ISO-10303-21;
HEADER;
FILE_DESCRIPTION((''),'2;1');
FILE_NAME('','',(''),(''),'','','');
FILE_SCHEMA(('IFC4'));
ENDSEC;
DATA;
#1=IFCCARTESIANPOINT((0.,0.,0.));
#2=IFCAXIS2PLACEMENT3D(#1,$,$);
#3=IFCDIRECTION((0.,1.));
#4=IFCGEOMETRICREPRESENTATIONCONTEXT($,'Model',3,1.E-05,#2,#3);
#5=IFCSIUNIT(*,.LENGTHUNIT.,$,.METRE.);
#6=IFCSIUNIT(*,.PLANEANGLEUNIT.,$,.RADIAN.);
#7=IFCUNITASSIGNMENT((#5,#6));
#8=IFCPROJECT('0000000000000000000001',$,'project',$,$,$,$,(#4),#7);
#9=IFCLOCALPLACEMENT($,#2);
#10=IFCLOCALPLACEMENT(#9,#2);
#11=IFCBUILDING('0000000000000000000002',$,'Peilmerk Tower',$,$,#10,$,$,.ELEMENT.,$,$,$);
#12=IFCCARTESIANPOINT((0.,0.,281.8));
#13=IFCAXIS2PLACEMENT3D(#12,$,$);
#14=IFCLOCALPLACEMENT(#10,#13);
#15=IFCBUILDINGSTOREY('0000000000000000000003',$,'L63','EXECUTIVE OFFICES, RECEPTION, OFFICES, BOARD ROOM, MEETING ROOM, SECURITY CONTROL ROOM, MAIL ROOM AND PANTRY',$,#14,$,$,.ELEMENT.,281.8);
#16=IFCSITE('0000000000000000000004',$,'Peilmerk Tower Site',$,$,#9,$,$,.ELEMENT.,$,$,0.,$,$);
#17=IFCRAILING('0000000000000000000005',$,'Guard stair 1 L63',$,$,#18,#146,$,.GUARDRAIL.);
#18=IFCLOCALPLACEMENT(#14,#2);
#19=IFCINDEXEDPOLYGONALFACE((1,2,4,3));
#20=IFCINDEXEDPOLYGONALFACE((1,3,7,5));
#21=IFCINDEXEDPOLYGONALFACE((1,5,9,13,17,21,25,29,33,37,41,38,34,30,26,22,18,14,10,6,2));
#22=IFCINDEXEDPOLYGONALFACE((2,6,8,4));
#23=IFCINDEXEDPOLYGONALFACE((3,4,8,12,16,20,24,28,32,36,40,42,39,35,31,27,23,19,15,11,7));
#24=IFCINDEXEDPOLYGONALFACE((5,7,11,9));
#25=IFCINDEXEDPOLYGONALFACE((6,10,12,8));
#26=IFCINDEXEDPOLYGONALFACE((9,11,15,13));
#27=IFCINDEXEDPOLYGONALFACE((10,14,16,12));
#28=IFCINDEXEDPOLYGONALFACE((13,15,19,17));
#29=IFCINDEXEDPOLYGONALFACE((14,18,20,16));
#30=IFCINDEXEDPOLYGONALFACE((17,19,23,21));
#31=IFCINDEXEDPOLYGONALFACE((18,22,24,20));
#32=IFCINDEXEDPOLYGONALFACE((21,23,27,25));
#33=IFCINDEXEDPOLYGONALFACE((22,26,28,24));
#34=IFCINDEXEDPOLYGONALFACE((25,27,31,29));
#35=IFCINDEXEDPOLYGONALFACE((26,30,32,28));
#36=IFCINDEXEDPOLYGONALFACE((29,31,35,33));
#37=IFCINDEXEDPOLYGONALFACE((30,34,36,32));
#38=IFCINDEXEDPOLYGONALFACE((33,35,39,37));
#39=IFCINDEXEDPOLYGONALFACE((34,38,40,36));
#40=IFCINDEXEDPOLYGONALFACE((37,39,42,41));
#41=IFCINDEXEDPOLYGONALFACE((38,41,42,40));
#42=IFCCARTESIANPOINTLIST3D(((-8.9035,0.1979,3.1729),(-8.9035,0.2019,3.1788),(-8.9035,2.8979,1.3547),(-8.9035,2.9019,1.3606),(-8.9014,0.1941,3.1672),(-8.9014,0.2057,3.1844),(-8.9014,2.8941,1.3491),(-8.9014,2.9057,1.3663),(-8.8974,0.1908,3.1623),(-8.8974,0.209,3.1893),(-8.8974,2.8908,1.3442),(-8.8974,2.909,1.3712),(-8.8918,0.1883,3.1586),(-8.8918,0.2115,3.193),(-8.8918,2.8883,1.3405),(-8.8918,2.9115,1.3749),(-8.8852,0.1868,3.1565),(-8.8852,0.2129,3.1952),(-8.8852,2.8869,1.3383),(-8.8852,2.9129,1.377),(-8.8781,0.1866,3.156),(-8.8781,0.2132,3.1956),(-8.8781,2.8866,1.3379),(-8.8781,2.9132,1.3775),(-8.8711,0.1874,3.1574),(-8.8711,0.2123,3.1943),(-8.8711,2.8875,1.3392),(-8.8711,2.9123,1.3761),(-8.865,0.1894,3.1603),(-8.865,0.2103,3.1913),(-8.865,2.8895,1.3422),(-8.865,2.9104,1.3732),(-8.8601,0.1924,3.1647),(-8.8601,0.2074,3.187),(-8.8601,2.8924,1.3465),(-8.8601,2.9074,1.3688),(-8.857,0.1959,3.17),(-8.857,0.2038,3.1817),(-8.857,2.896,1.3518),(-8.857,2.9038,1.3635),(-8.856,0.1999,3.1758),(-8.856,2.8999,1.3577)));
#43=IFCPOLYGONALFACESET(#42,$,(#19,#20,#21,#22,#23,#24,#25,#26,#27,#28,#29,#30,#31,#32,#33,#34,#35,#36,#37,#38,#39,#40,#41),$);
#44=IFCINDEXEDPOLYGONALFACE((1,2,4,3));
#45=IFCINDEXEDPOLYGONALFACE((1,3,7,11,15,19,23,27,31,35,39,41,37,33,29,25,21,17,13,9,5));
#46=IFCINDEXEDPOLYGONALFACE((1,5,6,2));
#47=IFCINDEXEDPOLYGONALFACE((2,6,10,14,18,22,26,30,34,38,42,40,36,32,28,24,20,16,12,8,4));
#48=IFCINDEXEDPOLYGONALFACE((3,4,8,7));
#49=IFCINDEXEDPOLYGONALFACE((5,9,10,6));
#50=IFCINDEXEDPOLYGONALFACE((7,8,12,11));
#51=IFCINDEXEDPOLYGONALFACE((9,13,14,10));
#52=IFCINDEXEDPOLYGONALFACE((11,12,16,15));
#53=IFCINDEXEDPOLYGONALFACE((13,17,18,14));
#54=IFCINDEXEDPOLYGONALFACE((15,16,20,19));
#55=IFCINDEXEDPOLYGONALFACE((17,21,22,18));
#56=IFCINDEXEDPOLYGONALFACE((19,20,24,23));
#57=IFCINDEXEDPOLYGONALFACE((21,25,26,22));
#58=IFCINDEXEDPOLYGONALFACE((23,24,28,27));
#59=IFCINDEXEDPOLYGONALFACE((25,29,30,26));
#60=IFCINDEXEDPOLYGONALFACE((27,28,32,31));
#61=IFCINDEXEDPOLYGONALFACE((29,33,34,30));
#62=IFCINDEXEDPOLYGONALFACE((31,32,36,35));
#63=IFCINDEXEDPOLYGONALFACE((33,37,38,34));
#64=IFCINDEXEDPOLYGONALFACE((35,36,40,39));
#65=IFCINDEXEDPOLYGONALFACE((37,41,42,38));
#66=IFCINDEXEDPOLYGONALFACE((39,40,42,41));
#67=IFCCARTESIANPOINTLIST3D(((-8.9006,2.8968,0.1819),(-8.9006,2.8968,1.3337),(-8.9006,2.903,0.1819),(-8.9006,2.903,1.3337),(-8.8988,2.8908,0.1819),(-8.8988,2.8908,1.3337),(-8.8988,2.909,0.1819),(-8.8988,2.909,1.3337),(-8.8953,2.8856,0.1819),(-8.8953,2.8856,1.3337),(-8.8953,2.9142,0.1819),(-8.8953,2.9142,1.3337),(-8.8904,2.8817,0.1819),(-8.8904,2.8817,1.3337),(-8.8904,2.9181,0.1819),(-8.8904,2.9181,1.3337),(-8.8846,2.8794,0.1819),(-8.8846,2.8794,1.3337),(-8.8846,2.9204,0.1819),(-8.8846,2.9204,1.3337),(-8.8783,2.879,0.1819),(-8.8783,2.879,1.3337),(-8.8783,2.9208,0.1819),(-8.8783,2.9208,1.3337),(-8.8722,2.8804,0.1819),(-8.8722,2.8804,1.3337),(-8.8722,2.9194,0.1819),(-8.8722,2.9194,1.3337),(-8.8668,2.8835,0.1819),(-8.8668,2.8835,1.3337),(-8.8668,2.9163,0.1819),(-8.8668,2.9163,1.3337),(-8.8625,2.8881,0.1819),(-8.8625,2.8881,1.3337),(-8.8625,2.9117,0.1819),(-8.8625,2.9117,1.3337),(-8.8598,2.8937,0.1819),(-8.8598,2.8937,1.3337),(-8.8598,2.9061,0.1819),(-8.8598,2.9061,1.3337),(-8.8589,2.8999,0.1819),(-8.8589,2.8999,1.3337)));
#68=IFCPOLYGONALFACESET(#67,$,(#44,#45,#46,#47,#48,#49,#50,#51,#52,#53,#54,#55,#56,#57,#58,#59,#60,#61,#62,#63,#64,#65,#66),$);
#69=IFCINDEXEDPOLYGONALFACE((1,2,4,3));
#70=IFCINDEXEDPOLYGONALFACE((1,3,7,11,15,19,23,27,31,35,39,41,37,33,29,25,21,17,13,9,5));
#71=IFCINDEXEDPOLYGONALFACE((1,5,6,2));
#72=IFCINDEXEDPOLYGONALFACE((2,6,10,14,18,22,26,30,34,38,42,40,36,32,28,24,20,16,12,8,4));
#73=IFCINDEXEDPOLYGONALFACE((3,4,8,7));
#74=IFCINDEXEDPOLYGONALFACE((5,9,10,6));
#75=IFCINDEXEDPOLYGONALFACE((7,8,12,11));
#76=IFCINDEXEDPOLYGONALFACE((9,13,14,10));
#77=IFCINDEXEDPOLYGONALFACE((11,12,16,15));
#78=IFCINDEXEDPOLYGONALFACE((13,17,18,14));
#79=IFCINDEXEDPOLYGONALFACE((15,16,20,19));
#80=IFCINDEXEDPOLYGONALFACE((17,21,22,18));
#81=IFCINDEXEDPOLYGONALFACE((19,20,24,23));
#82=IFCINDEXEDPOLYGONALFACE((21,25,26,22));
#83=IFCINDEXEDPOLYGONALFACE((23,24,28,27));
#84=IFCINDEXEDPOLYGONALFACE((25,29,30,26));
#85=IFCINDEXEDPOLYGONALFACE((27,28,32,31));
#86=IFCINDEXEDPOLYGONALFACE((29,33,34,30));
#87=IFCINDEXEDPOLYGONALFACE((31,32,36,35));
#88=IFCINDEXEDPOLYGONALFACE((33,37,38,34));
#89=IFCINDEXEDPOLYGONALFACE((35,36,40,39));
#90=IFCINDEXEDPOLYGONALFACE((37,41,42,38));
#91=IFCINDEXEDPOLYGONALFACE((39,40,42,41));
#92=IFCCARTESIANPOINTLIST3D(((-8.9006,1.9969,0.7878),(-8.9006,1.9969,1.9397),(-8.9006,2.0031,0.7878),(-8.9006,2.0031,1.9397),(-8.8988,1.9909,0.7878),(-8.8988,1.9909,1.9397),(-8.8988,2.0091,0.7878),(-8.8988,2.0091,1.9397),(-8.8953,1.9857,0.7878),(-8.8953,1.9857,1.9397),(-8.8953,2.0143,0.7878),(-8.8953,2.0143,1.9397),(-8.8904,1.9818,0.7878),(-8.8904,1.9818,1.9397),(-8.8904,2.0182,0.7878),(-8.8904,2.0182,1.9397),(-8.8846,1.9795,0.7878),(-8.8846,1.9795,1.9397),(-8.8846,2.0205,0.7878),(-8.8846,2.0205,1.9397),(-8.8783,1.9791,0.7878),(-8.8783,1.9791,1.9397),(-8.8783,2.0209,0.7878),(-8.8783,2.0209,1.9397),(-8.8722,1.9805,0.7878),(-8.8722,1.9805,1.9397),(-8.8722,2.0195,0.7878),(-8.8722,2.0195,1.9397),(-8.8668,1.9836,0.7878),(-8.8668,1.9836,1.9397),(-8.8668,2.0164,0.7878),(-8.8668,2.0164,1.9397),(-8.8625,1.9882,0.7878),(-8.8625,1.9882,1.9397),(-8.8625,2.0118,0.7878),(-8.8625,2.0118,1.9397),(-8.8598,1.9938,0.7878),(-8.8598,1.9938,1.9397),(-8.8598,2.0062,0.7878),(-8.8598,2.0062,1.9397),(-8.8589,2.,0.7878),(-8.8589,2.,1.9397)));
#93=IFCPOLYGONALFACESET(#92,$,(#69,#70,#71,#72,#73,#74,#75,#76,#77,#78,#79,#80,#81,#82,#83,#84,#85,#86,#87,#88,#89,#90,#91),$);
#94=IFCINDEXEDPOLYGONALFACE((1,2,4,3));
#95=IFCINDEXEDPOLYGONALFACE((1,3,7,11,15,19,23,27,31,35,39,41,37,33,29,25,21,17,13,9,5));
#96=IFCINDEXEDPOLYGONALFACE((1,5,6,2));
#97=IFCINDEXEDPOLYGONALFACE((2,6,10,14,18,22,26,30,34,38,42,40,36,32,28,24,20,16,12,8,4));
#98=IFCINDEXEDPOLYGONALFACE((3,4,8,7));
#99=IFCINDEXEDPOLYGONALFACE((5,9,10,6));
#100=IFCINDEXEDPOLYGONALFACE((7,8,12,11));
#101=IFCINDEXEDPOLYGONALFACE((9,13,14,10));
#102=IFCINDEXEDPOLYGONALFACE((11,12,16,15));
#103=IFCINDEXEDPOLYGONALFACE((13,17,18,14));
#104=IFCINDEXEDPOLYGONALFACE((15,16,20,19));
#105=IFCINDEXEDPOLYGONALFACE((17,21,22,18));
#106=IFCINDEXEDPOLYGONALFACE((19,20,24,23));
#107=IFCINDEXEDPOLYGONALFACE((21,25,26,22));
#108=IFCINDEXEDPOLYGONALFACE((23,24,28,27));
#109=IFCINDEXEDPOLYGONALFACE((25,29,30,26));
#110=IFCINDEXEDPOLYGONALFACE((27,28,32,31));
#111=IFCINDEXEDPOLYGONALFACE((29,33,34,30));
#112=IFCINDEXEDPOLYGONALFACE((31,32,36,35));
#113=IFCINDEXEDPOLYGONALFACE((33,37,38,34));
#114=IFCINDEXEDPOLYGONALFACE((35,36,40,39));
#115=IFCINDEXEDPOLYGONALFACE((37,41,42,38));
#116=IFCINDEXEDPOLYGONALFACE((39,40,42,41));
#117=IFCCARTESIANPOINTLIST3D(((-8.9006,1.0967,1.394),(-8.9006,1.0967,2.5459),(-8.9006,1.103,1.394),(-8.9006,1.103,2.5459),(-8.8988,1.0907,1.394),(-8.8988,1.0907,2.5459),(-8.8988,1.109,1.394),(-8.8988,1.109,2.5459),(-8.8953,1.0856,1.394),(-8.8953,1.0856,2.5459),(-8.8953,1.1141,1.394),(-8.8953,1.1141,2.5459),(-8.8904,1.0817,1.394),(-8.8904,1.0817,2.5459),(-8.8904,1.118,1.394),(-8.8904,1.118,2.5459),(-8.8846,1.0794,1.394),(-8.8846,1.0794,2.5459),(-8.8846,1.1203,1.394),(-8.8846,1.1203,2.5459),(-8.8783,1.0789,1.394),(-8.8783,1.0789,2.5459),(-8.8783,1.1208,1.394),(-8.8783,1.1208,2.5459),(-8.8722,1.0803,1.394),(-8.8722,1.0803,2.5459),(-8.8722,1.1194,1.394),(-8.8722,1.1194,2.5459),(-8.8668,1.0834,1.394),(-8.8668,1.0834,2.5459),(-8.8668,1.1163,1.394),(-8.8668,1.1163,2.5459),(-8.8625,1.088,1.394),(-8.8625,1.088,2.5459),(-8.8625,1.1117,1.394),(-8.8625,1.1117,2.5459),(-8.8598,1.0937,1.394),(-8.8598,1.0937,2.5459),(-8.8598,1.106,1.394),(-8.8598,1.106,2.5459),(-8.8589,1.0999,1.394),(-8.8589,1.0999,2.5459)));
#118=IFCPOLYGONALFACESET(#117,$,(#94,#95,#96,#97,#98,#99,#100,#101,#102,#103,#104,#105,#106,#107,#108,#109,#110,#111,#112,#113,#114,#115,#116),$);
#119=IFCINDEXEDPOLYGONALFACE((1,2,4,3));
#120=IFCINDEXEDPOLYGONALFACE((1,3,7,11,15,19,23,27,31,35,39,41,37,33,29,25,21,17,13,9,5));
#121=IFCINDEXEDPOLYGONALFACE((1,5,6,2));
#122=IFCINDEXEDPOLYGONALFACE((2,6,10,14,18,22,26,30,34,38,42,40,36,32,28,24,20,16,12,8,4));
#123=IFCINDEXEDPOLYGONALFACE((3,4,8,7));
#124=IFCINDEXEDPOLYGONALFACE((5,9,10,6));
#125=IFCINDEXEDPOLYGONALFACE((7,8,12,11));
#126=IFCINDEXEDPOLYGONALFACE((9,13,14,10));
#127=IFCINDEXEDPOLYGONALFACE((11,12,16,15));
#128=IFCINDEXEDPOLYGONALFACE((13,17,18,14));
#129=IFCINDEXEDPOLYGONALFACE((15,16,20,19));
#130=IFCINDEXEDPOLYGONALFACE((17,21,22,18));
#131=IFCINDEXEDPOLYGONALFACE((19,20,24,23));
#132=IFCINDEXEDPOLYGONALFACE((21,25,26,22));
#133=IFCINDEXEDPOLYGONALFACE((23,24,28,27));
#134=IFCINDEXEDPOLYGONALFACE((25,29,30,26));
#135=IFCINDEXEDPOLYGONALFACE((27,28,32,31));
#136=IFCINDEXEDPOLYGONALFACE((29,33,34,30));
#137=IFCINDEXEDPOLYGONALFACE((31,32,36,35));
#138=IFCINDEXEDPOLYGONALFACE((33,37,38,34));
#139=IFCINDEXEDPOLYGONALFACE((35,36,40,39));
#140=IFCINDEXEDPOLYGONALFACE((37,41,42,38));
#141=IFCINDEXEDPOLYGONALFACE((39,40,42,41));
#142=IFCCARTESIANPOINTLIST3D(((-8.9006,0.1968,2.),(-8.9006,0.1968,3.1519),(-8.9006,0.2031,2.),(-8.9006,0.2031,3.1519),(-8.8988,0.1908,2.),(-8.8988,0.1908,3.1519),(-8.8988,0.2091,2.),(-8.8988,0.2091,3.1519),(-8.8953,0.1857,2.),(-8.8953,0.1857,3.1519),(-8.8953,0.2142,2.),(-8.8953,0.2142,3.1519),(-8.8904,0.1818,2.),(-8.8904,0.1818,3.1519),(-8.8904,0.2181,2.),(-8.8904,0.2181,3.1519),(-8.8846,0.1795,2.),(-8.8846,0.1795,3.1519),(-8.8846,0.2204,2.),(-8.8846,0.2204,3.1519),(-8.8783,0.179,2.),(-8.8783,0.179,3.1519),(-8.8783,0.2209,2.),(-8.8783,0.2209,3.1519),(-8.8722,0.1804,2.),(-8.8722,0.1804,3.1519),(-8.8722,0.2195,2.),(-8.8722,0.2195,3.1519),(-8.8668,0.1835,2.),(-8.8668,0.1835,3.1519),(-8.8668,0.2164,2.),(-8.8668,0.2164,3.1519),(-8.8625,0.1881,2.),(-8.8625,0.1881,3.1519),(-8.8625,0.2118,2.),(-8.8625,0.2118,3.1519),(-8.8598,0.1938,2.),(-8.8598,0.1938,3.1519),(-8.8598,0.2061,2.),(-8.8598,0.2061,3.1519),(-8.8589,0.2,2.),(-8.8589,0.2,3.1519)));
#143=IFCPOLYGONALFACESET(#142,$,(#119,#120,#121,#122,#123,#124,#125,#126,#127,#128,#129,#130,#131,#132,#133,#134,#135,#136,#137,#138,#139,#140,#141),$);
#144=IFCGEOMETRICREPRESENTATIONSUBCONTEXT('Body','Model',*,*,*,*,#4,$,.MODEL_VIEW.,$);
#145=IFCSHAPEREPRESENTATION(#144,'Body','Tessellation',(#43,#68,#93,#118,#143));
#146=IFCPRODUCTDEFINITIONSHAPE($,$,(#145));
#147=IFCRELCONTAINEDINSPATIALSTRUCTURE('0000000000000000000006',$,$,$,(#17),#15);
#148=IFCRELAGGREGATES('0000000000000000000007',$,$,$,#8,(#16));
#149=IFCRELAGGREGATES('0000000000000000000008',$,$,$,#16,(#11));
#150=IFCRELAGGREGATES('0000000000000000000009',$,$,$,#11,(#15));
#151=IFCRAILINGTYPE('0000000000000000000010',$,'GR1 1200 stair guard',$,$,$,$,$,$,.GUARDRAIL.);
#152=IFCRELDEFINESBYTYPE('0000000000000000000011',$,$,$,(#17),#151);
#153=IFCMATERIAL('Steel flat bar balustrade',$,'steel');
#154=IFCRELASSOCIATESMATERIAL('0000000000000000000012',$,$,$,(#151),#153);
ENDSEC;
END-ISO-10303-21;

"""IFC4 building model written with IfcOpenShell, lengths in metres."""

from ifc_helpers import new_model, si_unit, direction, frame, origin, origin_2d, place, context, subcontext, project, spatial, circle, extrude, material, type_object, element, save


model = new_model("IFC4")

# Units and contexts
model_context = context("Model", 3, precision=1e-05, world=origin(), true_north=direction((0.0, 1.0)))
body_context = subcontext(model_context, "Body", "Model", "MODEL_VIEW")
ifc_project = project(units=[si_unit("LENGTHUNIT", "METRE"), si_unit("PLANEANGLEUNIT", "RADIAN")], contexts=[model_context])

# Site, building, storey
site_placement = place(None, origin())
site = spatial("IfcSite", under=ifc_project, at=site_placement, Name="Peilmerk Tower Site", CompositionType="ELEMENT", RefElevation=0.0)
building_placement = place(site_placement, origin())
building = spatial("IfcBuilding", under=site, at=building_placement, Name="Peilmerk Tower", CompositionType="ELEMENT")
storey_placement = place(building_placement, frame((0.0, 0.0, 281.8)))
storey = spatial("IfcBuildingStorey", under=building, at=storey_placement, Name="L63", Description="EXECUTIVE OFFICES, RECEPTION, OFFICES, BOARD ROOM, MEETING ROOM, SECURITY CONTROL ROOM, MAIL ROOM AND PANTRY", CompositionType="ELEMENT", Elevation=281.8)

# Railing
ifc_material_1 = material(Name="Steel flat bar balustrade", Category="steel")
railing_type_1 = type_object("IfcRailingType", Name="GR1 1200 stair guard", PredefinedType="GUARDRAIL", material=ifc_material_1)
railing_1_placement = place(storey_placement, frame((-8.8799, 2.8999, 0.1819)))
element("IfcRailing", 1, at=railing_1_placement, inside=storey, type_object=railing_type_1, Name="Guard stair 1 L63", PredefinedType="GUARDRAIL", context=body_context, shape_type="SweptSolid", body=[
    extrude(circle(Radius=0.0239, at=origin_2d()), frame((0.0, 0.0, 1.1758), z_axis=(0.0, -0.829468, 0.558554), x_axis=(1.0, 0.0, 0.0)), (0.0, 0.0, 1.0), 3.2551),
    extrude(circle(Radius=0.021, at=origin_2d()), origin(), (0.0, 0.0, 1.0), 1.1519),
    extrude(circle(Radius=0.021, at=origin_2d()), frame((0.0, -0.8999, 0.606)), (0.0, 0.0, 1.0), 1.1519),
    extrude(circle(Radius=0.021, at=origin_2d()), frame((0.0, -1.8, 1.2122)), (0.0, 0.0, 1.0), 1.1519),
    extrude(circle(Radius=0.021, at=origin_2d()), frame((0.0, -2.7, 1.8181)), (0.0, 0.0, 1.0), 1.1519),
])

save(model, "model.ifc")
